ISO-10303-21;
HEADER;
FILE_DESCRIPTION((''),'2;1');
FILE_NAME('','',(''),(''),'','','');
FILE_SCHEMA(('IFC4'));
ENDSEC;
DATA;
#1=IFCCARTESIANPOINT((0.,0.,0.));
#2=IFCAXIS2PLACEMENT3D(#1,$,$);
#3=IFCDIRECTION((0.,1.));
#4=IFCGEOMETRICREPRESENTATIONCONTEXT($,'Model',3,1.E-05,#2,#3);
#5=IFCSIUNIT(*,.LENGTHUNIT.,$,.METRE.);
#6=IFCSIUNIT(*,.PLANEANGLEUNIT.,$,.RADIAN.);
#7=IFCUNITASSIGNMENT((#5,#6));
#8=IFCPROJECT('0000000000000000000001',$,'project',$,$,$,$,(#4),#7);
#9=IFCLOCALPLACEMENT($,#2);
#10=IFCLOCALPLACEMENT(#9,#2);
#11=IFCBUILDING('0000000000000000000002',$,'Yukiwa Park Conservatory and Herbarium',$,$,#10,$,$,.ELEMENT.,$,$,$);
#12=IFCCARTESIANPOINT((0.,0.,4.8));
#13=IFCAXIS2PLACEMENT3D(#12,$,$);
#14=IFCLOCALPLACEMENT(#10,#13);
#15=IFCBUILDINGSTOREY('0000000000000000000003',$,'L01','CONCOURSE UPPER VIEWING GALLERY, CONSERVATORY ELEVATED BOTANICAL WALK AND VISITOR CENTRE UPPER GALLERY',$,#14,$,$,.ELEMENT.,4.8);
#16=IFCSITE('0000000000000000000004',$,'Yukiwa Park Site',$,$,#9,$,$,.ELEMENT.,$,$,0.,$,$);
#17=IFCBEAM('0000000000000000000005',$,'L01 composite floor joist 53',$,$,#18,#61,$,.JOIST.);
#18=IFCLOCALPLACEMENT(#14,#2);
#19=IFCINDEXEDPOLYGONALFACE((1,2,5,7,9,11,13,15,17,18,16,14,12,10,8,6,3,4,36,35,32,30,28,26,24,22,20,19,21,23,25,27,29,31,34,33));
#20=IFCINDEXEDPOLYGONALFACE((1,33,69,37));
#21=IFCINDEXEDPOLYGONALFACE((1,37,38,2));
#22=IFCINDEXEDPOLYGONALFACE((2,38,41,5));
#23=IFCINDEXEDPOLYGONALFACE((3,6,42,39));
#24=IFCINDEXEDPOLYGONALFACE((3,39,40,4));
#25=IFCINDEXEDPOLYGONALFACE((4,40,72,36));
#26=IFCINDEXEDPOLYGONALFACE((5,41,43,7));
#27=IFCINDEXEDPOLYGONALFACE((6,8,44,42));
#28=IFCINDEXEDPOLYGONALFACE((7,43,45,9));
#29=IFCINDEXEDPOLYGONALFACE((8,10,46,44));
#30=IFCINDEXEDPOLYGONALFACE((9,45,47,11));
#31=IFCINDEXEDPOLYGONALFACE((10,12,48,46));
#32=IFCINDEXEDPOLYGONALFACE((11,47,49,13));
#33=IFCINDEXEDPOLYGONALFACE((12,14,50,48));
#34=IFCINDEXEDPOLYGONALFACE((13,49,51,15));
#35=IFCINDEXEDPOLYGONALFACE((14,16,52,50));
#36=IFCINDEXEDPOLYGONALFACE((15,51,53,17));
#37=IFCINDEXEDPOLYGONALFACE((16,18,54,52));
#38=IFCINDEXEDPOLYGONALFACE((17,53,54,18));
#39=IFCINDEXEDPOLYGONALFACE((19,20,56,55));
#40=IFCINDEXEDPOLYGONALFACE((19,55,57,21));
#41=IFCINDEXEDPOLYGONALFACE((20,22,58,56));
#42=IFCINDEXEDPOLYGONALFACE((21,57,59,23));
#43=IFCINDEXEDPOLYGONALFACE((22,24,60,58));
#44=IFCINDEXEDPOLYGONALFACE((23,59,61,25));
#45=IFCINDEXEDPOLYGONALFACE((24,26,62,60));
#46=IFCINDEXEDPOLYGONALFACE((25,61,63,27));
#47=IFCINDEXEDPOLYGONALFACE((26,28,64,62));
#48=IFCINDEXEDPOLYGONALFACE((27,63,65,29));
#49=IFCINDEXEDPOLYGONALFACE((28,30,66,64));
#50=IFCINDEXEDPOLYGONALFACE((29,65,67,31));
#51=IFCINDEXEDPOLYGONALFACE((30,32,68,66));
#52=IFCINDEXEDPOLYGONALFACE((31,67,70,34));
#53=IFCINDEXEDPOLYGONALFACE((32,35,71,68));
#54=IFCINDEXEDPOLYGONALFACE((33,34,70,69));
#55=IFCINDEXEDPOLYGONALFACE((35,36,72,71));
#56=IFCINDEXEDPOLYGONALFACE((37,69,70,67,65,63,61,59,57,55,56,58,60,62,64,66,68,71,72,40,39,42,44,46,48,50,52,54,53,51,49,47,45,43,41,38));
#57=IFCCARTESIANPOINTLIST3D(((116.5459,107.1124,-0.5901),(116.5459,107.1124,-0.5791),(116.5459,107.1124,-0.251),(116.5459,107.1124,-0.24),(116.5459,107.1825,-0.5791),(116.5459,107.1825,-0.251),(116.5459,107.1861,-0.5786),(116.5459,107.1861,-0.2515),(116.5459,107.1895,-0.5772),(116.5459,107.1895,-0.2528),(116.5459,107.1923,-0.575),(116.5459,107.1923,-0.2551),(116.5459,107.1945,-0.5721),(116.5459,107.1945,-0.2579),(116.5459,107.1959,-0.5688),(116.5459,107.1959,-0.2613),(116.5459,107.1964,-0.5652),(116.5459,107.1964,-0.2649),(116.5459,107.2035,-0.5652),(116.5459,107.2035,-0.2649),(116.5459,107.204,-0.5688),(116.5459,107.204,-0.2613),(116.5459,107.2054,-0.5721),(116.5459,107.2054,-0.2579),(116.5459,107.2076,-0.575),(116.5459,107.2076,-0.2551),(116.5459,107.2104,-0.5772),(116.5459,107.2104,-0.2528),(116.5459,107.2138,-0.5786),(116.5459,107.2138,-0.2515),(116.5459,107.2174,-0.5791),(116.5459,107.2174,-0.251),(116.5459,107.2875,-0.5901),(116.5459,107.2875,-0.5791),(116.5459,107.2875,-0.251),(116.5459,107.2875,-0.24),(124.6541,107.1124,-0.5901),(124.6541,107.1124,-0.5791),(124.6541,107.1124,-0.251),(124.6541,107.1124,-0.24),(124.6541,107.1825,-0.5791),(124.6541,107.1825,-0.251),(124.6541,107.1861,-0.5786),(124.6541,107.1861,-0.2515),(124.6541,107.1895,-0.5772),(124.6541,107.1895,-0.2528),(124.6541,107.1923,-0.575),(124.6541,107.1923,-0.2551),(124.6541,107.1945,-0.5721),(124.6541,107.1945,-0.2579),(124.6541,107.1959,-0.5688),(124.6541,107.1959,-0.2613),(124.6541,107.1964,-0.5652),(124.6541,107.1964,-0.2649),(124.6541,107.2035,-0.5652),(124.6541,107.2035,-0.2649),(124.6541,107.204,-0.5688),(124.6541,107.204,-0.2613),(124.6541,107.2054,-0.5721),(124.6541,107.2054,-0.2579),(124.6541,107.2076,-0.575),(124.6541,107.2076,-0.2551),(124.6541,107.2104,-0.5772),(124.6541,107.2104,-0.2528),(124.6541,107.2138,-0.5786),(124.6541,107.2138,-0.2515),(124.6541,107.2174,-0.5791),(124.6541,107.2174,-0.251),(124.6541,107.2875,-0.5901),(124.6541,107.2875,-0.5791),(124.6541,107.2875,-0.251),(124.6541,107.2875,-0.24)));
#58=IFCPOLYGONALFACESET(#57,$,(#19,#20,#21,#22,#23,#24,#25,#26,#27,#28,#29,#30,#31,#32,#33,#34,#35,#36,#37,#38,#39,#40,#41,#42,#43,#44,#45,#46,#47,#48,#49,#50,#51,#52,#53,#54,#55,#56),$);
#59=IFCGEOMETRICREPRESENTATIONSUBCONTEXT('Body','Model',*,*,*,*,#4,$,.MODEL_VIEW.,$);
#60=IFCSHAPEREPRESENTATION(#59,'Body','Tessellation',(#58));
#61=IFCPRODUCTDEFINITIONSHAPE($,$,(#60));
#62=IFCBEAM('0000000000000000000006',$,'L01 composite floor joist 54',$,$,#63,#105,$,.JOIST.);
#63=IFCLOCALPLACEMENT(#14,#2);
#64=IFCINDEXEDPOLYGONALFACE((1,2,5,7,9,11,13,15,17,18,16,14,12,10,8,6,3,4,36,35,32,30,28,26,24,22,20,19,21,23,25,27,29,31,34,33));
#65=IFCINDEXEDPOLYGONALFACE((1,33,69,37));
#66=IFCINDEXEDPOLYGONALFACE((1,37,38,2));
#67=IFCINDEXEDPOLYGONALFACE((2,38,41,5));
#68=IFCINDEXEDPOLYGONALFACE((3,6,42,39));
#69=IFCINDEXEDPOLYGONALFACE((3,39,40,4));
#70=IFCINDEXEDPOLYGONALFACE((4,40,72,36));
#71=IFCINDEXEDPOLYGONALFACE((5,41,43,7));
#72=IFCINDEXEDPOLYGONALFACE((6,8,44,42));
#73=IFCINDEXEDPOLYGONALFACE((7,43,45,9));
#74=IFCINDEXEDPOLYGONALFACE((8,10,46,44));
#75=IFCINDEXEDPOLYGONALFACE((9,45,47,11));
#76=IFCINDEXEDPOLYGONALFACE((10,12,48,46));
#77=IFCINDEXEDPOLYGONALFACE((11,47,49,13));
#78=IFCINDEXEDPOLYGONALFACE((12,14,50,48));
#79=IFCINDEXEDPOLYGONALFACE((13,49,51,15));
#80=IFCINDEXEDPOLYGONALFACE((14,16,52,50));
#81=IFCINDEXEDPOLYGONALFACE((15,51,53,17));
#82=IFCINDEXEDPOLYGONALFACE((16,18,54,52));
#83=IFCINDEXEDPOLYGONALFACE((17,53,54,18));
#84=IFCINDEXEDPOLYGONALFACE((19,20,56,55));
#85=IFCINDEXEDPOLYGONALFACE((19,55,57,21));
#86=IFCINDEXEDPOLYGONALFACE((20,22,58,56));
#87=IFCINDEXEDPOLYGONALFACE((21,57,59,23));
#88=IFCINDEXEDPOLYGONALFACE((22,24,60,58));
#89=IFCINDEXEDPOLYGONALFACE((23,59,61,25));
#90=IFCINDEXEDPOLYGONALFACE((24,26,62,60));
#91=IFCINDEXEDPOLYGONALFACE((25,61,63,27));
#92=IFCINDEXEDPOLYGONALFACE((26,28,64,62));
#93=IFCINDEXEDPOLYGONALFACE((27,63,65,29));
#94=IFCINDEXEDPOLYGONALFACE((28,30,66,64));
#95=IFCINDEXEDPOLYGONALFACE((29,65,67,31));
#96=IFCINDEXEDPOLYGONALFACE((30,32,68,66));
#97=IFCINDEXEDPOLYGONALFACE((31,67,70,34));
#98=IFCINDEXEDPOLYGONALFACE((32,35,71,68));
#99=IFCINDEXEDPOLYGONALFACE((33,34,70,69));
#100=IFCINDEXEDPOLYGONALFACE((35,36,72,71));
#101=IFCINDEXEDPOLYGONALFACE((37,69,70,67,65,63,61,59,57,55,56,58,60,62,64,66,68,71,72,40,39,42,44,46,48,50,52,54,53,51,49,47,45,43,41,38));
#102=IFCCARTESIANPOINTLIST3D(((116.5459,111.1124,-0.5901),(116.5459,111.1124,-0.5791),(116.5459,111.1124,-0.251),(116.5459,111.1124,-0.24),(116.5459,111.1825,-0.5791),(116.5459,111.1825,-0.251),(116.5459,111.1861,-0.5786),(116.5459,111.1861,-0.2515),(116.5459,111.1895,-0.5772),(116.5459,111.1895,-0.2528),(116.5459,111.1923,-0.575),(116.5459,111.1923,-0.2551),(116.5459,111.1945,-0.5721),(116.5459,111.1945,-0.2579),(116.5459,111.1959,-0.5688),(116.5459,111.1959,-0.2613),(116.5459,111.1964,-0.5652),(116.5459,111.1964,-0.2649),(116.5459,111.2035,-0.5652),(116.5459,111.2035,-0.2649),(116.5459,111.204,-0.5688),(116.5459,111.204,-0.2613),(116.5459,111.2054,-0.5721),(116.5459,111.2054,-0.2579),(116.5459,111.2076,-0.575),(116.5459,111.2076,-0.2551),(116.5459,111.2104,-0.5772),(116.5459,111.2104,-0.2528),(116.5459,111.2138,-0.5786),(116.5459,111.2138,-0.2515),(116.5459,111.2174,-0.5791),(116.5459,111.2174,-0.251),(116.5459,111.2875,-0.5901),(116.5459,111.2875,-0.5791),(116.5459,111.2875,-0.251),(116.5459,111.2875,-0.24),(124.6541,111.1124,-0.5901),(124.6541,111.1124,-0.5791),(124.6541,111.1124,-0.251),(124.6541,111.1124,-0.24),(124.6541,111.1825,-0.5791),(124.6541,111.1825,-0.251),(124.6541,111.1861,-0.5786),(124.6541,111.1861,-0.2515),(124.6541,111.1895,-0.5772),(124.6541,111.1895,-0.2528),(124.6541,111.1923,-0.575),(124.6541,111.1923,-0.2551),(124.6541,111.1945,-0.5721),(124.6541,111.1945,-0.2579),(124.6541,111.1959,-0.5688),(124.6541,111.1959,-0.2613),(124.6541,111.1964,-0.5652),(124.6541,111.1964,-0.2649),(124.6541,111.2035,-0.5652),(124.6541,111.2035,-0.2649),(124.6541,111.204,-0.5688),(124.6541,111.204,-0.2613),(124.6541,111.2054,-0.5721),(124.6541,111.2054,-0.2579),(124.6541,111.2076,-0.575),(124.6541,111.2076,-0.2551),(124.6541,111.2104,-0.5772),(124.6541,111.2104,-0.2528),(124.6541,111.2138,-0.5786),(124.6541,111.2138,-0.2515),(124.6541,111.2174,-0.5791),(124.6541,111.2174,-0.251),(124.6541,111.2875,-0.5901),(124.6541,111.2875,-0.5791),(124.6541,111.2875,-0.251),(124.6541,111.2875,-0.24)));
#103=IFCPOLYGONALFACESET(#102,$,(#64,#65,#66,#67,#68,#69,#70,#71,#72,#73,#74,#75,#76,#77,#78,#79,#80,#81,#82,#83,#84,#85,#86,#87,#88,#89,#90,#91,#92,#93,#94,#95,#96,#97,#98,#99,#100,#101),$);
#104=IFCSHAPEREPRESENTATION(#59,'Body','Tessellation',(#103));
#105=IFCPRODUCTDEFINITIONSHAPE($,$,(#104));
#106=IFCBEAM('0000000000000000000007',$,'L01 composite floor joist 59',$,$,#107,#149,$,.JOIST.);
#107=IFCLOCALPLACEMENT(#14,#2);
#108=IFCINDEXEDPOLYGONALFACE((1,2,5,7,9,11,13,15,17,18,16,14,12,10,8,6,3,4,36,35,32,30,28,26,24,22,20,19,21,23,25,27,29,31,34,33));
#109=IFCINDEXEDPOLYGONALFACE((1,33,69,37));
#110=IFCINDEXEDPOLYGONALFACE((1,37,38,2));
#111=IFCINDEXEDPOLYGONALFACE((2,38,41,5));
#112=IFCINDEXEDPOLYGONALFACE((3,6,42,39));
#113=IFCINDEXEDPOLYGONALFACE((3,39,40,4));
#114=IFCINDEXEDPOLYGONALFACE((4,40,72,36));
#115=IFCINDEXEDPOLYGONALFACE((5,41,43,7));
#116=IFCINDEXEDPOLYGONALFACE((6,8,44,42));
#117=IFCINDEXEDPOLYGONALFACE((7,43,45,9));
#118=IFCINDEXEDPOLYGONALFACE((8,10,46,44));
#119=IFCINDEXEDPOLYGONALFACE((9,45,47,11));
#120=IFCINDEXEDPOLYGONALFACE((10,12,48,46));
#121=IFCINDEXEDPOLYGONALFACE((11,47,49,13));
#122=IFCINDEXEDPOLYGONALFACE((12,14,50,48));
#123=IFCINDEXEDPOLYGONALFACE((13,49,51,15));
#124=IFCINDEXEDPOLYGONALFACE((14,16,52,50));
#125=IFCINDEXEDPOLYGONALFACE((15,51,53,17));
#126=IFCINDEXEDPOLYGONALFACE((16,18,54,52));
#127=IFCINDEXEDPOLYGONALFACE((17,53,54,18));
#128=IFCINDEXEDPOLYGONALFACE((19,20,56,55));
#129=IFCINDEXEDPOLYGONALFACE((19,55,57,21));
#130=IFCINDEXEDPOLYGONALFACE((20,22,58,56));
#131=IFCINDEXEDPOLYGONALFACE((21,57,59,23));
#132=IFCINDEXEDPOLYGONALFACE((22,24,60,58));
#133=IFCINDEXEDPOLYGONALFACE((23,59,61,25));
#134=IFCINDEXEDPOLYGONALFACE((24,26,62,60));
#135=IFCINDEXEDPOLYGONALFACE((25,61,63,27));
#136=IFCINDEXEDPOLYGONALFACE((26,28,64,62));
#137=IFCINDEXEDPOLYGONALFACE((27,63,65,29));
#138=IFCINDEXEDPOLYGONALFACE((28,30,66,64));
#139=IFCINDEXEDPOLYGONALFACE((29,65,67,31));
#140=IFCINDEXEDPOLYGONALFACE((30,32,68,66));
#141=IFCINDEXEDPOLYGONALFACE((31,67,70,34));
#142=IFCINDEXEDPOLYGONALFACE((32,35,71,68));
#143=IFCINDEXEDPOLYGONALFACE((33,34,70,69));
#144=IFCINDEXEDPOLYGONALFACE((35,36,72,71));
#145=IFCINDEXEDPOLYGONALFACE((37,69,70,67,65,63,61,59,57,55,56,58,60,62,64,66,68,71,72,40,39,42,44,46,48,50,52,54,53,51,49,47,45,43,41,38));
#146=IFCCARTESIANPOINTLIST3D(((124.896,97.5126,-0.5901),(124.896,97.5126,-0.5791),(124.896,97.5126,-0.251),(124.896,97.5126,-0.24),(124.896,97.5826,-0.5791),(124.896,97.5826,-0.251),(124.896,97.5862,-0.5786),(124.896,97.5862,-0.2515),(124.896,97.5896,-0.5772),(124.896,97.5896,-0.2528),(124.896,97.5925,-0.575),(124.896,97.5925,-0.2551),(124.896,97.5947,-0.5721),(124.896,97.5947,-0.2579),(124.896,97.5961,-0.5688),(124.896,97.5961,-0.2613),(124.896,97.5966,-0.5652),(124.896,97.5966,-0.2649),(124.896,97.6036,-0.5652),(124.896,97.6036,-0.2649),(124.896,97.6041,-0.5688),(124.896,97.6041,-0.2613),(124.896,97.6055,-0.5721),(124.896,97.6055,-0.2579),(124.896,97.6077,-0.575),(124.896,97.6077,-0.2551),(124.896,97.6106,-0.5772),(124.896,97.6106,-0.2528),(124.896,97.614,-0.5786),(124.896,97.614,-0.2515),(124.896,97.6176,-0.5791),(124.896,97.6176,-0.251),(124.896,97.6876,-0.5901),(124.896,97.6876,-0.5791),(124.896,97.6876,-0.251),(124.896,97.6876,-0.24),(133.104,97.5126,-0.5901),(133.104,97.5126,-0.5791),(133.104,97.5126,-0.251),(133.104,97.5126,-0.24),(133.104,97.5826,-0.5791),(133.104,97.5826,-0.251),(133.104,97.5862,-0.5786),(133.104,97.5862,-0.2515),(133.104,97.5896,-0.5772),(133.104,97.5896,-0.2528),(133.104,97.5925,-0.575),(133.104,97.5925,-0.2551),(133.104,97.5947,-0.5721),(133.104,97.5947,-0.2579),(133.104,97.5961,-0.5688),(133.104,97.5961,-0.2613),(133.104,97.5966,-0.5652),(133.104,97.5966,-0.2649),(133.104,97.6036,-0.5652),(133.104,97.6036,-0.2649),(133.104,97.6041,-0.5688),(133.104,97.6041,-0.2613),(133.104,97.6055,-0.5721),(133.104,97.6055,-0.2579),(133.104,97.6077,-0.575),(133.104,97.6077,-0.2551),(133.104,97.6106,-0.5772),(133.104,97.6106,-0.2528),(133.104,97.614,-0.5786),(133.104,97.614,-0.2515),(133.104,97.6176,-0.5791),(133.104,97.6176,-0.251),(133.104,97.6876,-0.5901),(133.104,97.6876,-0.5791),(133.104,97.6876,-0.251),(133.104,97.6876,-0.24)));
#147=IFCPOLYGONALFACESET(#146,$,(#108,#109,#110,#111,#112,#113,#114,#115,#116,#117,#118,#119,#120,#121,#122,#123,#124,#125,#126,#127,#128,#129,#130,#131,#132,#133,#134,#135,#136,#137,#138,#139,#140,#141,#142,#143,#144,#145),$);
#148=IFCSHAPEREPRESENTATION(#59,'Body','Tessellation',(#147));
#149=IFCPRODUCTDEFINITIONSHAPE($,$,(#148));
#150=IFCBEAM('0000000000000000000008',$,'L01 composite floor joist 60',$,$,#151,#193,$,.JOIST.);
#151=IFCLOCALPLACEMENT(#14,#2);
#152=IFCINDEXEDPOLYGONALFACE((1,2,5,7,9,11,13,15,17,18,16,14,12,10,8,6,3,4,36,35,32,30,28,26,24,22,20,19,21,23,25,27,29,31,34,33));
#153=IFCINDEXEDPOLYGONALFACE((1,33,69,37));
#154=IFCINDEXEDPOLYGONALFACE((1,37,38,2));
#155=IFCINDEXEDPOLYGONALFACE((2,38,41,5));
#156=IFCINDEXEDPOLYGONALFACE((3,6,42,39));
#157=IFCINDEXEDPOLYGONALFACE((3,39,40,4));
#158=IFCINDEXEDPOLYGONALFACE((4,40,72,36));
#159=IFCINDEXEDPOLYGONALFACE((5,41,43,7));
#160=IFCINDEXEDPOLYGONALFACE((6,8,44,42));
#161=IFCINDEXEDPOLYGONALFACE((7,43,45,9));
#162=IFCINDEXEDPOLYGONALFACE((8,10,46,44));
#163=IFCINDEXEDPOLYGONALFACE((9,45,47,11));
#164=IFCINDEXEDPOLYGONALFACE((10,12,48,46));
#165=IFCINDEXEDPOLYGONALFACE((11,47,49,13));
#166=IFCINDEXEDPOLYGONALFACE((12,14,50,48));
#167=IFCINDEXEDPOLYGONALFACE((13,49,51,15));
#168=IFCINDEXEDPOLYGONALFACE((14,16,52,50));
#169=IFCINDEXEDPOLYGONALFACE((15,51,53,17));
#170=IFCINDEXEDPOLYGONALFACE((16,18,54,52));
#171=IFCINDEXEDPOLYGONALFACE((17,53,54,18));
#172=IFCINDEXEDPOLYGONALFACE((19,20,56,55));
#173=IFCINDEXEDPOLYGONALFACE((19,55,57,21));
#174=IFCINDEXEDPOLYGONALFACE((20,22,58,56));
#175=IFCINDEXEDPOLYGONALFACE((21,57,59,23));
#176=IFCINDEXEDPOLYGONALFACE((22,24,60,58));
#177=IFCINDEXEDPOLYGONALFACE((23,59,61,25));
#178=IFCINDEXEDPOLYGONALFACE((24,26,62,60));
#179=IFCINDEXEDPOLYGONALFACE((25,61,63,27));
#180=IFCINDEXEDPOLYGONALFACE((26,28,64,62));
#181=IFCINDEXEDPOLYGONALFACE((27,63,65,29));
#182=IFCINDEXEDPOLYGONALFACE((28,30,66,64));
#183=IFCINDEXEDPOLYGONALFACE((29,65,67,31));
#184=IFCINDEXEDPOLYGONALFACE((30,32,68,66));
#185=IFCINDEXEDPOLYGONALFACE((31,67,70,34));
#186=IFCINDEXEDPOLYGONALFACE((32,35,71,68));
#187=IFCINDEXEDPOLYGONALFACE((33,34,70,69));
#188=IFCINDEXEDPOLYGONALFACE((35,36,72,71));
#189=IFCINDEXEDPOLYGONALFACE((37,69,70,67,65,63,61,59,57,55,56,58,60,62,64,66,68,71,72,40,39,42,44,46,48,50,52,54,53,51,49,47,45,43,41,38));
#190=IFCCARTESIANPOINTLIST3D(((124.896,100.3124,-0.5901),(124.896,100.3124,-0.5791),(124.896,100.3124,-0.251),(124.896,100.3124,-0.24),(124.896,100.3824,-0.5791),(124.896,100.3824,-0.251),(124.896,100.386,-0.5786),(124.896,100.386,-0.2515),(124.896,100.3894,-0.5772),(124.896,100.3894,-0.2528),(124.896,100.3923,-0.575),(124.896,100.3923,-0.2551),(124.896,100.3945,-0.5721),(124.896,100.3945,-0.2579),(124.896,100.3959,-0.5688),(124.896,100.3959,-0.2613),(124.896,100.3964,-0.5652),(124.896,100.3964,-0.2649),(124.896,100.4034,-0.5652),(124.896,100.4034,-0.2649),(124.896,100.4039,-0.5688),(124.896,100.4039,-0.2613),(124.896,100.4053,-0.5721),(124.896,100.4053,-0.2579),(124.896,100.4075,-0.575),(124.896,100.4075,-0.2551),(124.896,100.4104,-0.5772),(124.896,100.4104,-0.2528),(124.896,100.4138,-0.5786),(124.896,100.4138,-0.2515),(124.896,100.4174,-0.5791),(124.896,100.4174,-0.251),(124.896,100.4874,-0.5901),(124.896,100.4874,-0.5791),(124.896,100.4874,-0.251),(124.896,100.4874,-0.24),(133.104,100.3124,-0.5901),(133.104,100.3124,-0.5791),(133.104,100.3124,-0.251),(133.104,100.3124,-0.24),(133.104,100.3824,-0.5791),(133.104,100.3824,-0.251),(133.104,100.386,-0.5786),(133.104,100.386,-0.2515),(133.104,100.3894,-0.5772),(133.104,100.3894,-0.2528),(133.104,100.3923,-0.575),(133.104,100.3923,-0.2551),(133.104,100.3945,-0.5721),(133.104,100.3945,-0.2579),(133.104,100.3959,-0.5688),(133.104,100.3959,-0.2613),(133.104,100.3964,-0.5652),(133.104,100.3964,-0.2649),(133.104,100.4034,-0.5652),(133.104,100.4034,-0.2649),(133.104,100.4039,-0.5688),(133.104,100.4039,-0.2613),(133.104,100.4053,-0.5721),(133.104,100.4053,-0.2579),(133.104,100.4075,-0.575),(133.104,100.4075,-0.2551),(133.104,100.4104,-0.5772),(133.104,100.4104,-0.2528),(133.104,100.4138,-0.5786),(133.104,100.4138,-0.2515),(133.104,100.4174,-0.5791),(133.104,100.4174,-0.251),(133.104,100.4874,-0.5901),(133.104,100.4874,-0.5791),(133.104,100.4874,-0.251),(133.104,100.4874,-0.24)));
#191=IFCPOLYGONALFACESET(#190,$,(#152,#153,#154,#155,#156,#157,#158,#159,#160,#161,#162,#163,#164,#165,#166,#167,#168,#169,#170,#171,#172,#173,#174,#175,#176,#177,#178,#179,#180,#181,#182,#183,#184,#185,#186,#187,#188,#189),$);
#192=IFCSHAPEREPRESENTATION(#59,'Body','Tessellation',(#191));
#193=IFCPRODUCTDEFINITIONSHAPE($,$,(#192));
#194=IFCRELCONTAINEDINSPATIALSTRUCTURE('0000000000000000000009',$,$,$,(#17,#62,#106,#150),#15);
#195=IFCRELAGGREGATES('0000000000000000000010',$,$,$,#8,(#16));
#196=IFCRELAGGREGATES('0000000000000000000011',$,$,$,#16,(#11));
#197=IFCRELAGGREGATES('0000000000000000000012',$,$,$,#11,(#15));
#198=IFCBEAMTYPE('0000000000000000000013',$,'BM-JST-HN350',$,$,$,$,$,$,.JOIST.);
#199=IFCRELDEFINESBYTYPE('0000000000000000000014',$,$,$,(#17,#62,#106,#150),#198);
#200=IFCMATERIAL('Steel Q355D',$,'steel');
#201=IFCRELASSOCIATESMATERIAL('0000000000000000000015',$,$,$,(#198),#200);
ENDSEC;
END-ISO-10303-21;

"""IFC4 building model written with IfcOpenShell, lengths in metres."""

from ifc_helpers import new_model, si_unit, direction, frame, origin, origin_2d, place, context, subcontext, project, spatial, i_section, extrude, material, material_profile, profile_set, type_object, element, save


model = new_model("IFC4")

# Units and contexts
model_context = context("Model", 3, precision=1e-05, world=origin(), true_north=direction((0.0, 1.0)))
body_context = subcontext(model_context, "Body", "Model", "MODEL_VIEW")
ifc_project = project(units=[si_unit("LENGTHUNIT", "METRE"), si_unit("PLANEANGLEUNIT", "RADIAN")], contexts=[model_context])

# Site, building, storey
site_placement = place(None, origin())
site = spatial("IfcSite", under=ifc_project, at=site_placement, Name="Yukiwa Park Site", CompositionType="ELEMENT", RefElevation=0.0)
building_placement = place(site_placement, origin())
building = spatial("IfcBuilding", under=site, at=building_placement, Name="Yukiwa Park Conservatory and Herbarium", CompositionType="ELEMENT")
storey_placement = place(building_placement, frame((0.0, 0.0, 4.8)))
storey = spatial("IfcBuildingStorey", under=building, at=storey_placement, Name="L01", Description="CONCOURSE UPPER VIEWING GALLERY, CONSERVATORY ELEVATED BOTANICAL WALK AND VISITOR CENTRE UPPER GALLERY", CompositionType="ELEMENT", Elevation=4.8)

# Beams
ifc_material_1 = material(Name="Steel Q355D", Category="steel")
ifc_material_profile_1 = material_profile(ifc_material_1, i_section(OverallWidth=0.175, OverallDepth=0.3501, WebThickness=0.0071, FlangeThickness=0.011, FilletRadius=0.0139, at=origin_2d()), Name="HN 350x175x7x11")
ifc_profile_set_1 = profile_set([ifc_material_profile_1], Name="Steel Q355D")
beam_type_1 = type_object("IfcBeamType", Name="BM-JST-HN350", PredefinedType="JOIST", material=ifc_profile_set_1)
for number, where, z_axis, x_axis, name in (
    (1, (116.5459, 107.2, -0.415), (1.0, 0.0, 0.0), (0.0, 1.0, 0.0), "L01 composite floor joist 53"),
    (2, (116.5459, 111.2, -0.415), (1.0, 0.0, 0.0), (0.0, 1.0, 0.0), "L01 composite floor joist 54"),
):
    element("IfcBeam", number, at=place(storey_placement, frame(where, z_axis=z_axis, x_axis=x_axis)), inside=storey, type_object=beam_type_1, Name=name, PredefinedType="JOIST", context=body_context, shape_type="SweptSolid", body=[
        extrude(i_section(OverallWidth=0.175, OverallDepth=0.3501, WebThickness=0.0071, FlangeThickness=0.011, FilletRadius=0.0139, at=origin_2d()), origin(), (0.0, 0.0, 1.0), 8.1082),
    ])
for number, where, z_axis, x_axis, name in (
    (3, (124.896, 97.6001, -0.415), (1.0, 0.0, 0.0), (0.0, 1.0, 0.0), "L01 composite floor joist 59"),
    (4, (124.896, 100.3999, -0.415), (1.0, 0.0, 0.0), (0.0, 1.0, 0.0), "L01 composite floor joist 60"),
):
    element("IfcBeam", number, at=place(storey_placement, frame(where, z_axis=z_axis, x_axis=x_axis)), inside=storey, type_object=beam_type_1, Name=name, PredefinedType="JOIST", context=body_context, shape_type="SweptSolid", body=[
        extrude(i_section(OverallWidth=0.175, OverallDepth=0.3501, WebThickness=0.0071, FlangeThickness=0.011, FilletRadius=0.0139, at=origin_2d()), origin(), (0.0, 0.0, 1.0), 8.208),
    ])

save(model, "model.ifc")
